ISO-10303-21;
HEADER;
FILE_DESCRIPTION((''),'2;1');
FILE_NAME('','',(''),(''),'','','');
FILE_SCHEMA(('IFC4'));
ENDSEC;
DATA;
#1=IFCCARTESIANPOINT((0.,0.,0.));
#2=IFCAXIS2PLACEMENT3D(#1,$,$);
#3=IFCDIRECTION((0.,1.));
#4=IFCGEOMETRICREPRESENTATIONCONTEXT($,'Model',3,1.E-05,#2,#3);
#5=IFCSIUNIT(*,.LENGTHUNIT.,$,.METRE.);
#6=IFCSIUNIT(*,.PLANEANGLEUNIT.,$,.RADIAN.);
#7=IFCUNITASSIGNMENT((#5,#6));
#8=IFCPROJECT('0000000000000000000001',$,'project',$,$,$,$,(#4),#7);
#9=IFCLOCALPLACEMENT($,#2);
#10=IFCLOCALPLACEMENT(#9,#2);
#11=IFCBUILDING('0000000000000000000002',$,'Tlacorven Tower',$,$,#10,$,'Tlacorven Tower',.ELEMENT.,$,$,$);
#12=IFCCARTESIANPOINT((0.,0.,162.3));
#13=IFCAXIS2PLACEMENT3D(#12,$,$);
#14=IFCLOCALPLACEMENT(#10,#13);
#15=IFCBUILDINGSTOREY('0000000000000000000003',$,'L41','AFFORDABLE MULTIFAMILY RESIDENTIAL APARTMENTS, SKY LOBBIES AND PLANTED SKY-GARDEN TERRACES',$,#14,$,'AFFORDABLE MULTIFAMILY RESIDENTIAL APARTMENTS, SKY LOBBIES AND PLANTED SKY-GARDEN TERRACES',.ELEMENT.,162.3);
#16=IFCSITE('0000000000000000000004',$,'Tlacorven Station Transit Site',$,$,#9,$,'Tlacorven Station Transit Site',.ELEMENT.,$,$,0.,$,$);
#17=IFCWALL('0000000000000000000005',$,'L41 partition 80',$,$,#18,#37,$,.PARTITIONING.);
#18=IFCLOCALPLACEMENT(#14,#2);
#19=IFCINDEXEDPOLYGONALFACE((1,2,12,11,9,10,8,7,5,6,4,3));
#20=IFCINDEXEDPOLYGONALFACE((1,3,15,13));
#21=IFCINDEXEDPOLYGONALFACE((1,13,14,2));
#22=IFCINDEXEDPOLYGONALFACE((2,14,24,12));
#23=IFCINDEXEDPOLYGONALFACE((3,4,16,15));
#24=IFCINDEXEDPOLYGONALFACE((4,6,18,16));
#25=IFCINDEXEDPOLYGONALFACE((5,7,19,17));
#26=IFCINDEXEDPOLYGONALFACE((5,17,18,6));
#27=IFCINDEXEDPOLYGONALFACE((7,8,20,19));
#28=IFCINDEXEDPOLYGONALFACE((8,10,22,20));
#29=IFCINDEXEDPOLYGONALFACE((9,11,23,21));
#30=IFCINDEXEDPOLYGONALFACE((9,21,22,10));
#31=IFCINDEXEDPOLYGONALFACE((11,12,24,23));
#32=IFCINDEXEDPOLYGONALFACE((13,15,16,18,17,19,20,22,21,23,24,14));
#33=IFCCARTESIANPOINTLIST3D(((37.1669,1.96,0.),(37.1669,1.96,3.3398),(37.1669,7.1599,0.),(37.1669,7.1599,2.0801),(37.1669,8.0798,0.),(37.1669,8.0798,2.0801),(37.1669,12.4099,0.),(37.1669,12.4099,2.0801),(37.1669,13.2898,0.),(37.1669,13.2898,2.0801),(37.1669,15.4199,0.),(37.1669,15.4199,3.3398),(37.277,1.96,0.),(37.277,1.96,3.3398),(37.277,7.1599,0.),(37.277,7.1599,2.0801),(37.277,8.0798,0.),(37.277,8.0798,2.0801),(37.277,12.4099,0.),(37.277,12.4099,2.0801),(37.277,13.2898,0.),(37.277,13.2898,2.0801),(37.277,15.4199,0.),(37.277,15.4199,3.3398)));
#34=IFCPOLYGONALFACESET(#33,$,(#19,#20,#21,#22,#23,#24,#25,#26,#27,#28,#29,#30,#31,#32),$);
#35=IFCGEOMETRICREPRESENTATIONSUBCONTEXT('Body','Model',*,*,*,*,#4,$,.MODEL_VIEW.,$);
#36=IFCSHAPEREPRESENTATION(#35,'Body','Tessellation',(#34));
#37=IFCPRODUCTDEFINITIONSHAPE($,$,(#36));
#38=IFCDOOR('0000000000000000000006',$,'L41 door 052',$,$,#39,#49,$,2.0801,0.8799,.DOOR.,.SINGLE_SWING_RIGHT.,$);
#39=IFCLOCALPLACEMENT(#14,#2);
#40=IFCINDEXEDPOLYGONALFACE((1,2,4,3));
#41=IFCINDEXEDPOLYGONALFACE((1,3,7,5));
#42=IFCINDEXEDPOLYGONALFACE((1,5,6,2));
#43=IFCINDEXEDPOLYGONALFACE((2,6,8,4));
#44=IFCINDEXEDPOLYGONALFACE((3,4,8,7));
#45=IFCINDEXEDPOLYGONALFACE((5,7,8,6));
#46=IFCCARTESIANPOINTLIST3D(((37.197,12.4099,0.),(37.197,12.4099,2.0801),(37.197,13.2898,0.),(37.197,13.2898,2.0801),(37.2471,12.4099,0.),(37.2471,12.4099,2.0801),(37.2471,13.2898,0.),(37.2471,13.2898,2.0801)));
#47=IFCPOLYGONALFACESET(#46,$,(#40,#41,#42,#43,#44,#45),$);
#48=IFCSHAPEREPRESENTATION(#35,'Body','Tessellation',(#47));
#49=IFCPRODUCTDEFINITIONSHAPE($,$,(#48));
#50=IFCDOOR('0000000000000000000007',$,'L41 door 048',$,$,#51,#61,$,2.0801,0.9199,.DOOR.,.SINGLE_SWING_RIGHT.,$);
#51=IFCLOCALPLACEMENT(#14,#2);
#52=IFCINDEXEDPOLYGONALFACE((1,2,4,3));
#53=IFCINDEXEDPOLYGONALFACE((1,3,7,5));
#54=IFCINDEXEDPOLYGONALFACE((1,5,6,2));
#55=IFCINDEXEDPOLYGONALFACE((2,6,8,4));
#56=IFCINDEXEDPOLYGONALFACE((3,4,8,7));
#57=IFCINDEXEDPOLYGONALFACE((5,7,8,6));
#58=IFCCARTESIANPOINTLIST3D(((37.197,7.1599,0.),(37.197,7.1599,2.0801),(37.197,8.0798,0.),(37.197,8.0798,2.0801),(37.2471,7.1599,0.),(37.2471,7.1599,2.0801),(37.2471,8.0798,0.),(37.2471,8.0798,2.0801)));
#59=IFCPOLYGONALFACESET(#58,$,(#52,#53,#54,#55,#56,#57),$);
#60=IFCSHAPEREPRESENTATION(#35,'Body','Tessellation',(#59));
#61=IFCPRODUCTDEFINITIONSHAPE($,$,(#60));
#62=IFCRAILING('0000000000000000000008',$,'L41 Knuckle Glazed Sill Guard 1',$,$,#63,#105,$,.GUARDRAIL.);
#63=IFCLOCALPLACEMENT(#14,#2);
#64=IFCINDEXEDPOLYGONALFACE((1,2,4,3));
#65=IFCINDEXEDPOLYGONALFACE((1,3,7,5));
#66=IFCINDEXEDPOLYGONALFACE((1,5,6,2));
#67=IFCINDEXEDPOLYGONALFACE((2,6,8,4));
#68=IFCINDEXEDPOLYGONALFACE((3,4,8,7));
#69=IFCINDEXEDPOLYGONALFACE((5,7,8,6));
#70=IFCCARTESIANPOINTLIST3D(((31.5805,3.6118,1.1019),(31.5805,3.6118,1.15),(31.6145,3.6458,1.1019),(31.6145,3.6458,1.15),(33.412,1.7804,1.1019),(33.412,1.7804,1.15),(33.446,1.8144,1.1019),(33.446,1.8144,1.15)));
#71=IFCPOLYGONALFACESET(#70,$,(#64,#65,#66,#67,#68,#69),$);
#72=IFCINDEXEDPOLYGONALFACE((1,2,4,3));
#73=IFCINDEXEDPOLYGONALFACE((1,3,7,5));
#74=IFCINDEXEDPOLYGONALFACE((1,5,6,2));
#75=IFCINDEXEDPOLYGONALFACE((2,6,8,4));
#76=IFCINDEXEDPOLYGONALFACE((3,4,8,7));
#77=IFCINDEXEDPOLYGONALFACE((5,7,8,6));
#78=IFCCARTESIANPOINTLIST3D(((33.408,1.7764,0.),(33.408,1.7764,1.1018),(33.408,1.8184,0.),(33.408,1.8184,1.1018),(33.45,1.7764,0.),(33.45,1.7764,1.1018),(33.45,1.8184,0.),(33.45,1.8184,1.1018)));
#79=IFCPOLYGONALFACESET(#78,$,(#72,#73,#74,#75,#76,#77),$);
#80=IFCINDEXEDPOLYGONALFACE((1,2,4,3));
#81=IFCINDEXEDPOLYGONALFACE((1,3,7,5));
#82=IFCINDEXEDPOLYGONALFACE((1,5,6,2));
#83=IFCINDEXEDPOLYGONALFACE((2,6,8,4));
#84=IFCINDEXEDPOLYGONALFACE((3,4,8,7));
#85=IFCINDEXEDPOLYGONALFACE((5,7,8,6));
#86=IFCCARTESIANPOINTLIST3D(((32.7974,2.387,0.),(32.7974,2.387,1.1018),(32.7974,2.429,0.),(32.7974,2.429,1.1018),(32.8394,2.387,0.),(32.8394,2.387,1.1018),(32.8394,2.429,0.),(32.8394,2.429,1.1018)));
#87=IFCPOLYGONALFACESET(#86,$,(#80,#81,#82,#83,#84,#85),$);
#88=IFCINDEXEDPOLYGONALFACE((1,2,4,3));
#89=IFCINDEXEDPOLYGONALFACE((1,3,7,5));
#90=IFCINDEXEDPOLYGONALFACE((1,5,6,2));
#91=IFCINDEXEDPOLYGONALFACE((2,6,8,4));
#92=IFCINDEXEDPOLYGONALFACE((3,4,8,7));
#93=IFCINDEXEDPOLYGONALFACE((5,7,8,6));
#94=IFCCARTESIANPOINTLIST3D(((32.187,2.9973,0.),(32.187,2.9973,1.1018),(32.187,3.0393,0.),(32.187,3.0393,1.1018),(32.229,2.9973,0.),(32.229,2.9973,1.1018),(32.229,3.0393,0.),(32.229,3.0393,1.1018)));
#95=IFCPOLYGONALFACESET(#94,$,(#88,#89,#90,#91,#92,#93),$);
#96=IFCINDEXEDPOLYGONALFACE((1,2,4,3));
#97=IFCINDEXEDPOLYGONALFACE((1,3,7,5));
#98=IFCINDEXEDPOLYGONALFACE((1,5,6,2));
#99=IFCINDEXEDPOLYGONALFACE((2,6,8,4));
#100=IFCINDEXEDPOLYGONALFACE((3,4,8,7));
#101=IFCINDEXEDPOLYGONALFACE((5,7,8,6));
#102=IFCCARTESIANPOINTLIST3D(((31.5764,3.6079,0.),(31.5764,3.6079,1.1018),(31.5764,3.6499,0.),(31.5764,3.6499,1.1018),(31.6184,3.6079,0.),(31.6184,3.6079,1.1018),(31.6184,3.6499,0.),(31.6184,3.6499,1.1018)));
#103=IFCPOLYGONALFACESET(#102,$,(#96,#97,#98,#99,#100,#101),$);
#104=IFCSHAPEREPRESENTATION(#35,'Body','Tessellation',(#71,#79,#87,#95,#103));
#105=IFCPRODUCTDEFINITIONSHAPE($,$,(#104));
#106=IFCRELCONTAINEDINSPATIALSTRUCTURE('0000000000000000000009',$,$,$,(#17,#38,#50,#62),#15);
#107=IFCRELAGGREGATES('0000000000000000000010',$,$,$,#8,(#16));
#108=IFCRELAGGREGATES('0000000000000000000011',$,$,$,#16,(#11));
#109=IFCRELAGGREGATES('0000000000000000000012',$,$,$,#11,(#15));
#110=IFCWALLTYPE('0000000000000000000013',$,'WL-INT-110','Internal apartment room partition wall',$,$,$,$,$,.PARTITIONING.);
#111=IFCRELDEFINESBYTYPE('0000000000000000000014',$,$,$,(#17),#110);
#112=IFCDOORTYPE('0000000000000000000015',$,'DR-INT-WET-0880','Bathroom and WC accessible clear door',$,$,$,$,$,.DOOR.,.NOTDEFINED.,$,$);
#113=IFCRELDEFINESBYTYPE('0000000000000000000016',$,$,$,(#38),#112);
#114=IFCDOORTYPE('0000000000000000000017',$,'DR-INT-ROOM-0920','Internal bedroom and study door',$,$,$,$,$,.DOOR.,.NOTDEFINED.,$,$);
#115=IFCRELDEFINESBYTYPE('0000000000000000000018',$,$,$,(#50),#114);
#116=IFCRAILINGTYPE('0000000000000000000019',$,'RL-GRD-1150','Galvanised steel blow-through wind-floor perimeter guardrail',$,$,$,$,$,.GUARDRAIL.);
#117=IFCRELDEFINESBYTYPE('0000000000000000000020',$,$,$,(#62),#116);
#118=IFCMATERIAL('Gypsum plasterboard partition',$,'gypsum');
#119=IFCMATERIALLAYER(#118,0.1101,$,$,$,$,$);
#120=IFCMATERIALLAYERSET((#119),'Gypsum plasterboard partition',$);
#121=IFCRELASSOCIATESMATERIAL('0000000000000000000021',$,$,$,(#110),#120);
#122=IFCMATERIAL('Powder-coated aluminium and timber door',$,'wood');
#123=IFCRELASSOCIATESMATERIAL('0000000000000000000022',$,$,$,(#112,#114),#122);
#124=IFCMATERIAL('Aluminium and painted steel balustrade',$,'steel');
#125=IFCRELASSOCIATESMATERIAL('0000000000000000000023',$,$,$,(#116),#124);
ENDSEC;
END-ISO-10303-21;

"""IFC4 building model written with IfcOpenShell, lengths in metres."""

from ifc_helpers import new_model, si_unit, direction, frame, frame_2d, origin, origin_2d, place, context, subcontext, project, spatial, rectangle, extrude, source, transform, mapped, material, layer, layer_set, type_object, element, fill, save


model = new_model("IFC4")

# Units and contexts
model_context = context("Model", 3, precision=1e-05, world=origin(), true_north=direction((0.0, 1.0)))
body_context = subcontext(model_context, "Body", "Model", "MODEL_VIEW")
ifc_project = project(units=[si_unit("LENGTHUNIT", "METRE"), si_unit("PLANEANGLEUNIT", "RADIAN")], contexts=[model_context])

# Site, building, storey
site_placement = place(None, origin())
site = spatial("IfcSite", under=ifc_project, at=site_placement, Name="Tlacorven Station Transit Site", LongName="Tlacorven Station Transit Site", CompositionType="ELEMENT", RefElevation=0.0)
building_placement = place(site_placement, origin())
building = spatial("IfcBuilding", under=site, at=building_placement, Name="Tlacorven Tower", LongName="Tlacorven Tower", CompositionType="ELEMENT")
storey_placement = place(building_placement, frame((0.0, 0.0, 162.3)))
storey = spatial("IfcBuildingStorey", under=building, at=storey_placement, Name="L41", Description="AFFORDABLE MULTIFAMILY RESIDENTIAL APARTMENTS, SKY LOBBIES AND PLANTED SKY-GARDEN TERRACES", LongName="AFFORDABLE MULTIFAMILY RESIDENTIAL APARTMENTS, SKY LOBBIES AND PLANTED SKY-GARDEN TERRACES", CompositionType="ELEMENT", Elevation=162.3)

# Wall, openings, doors
ifc_material_1 = material(Name="Gypsum plasterboard partition", Category="gypsum")
ifc_layer_1 = layer(ifc_material_1, 0.1101)
ifc_layer_set_1 = layer_set([ifc_layer_1], Name="Gypsum plasterboard partition")
wall_type_1 = type_object("IfcWallType", Name="WL-INT-110", Description="Internal apartment room partition wall", PredefinedType="PARTITIONING", material=ifc_layer_set_1)
wall_1_placement = place(storey_placement, frame((37.2219, 1.96, 0.0), z_axis=(0.0, 0.0, 1.0), x_axis=(0.0, 1.0, 0.0)))
wall_1 = element("IfcWall", 1, at=wall_1_placement, inside=storey, type_object=wall_type_1, Name="L41 partition 80", PredefinedType="PARTITIONING", context=body_context, shape_type="SweptSolid", body=[
    extrude(rectangle(XDim=13.46, YDim=0.1101, at=frame_2d((6.73, 0.0))), origin(), (0.0, 0.0, 1.0), 3.3398),
])
opening_1_placement = place(wall_1_placement, frame((5.2, 0.0, 0.0)))
opening_1 = element("IfcOpeningElement", 2, at=opening_1_placement, cuts=wall_1, PredefinedType="OPENING", context=body_context, shape_type="SweptSolid", body=[
    extrude(rectangle(XDim=0.9199, YDim=2.0801, at=frame_2d((0.46, 1.04))), frame((0.0, 0.0649, 0.0), z_axis=(0.0, -1.0, 0.0), x_axis=(1.0, 0.0, 0.0)), (0.0, 0.0, 1.0), 0.1301),
])
opening_2_placement = place(wall_1_placement, frame((10.45, 0.0, 0.0)))
opening_2 = element("IfcOpeningElement", 3, at=opening_2_placement, cuts=wall_1, PredefinedType="OPENING", context=body_context, shape_type="SweptSolid", body=[
    extrude(rectangle(XDim=0.8799, YDim=2.0801, at=frame_2d((0.4399, 1.04))), frame((0.0, 0.0649, 0.0), z_axis=(0.0, -1.0, 0.0), x_axis=(1.0, 0.0, 0.0)), (0.0, 0.0, 1.0), 0.1301),
])
ifc_material_2 = material(Name="Powder-coated aluminium and timber door", Category="wood")
door_type_1 = type_object("IfcDoorType", Name="DR-INT-WET-0880", Description="Bathroom and WC accessible clear door", OperationType="NOTDEFINED", PredefinedType="DOOR", material=ifc_material_2)
shared_shape_1 = source(origin(), body_context, "Body", "SweptSolid", [
    extrude(rectangle(XDim=0.8799, YDim=2.0801, at=frame_2d((0.4399, 1.04))), frame((0.0, 0.0249, 0.0), z_axis=(0.0, -1.0, 0.0), x_axis=(1.0, 0.0, 0.0)), (0.0, 0.0, 1.0), 0.05),
])
door_1_placement = place(opening_2_placement, origin())
door_1 = element("IfcDoor", 4, at=door_1_placement, inside=storey, type_object=door_type_1, Name="L41 door 052", OperationType="SINGLE_SWING_RIGHT", OverallHeight=2.0801, OverallWidth=0.8799, PredefinedType="DOOR", context=body_context, shape_type="MappedRepresentation", body=[
    mapped(shared_shape_1, transform((0.0, 0.0, 0.0), scale=1.0)),
])
fill(opening_2, door_1)
door_type_2 = type_object("IfcDoorType", Name="DR-INT-ROOM-0920", Description="Internal bedroom and study door", OperationType="NOTDEFINED", PredefinedType="DOOR", material=ifc_material_2)
shared_shape_2 = source(origin(), body_context, "Body", "SweptSolid", [
    extrude(rectangle(XDim=0.9199, YDim=2.0801, at=frame_2d((0.46, 1.04))), frame((0.0, 0.0249, 0.0), z_axis=(0.0, -1.0, 0.0), x_axis=(1.0, 0.0, 0.0)), (0.0, 0.0, 1.0), 0.05),
])
door_2_placement = place(opening_1_placement, origin())
door_2 = element("IfcDoor", 5, at=door_2_placement, inside=storey, type_object=door_type_2, Name="L41 door 048", OperationType="SINGLE_SWING_RIGHT", OverallHeight=2.0801, OverallWidth=0.9199, PredefinedType="DOOR", context=body_context, shape_type="MappedRepresentation", body=[
    mapped(shared_shape_2, transform((0.0, 0.0, 0.0), scale=1.0)),
])
fill(opening_1, door_2)

# Railing
ifc_material_3 = material(Name="Aluminium and painted steel balustrade", Category="steel")
railing_type = type_object("IfcRailingType", Name="RL-GRD-1150", Description="Galvanised steel blow-through wind-floor perimeter guardrail", PredefinedType="GUARDRAIL", material=ifc_material_3)
shared_shape_3 = source(origin(), body_context, "Body", "SweptSolid", [
    extrude(rectangle(XDim=0.0481, YDim=0.0481, at=origin_2d()), frame((0.0, 0.0, 1.126), z_axis=(-0.707107, 0.707107, 0.0), x_axis=(-0.707107, -0.707107, 0.0)), (0.0, 0.0, 1.0), 2.5901),
    extrude(rectangle(XDim=0.042, YDim=0.042, at=origin_2d()), origin(), (0.0, 0.0, 1.0), 1.1018),
    extrude(rectangle(XDim=0.042, YDim=0.042, at=origin_2d()), frame((-0.6106, 0.6106, 0.0)), (0.0, 0.0, 1.0), 1.1018),
    extrude(rectangle(XDim=0.042, YDim=0.042, at=origin_2d()), frame((-1.2209, 1.2209, 0.0)), (0.0, 0.0, 1.0), 1.1018),
    extrude(rectangle(XDim=0.042, YDim=0.042, at=origin_2d()), frame((-1.8315, 1.8315, 0.0)), (0.0, 0.0, 1.0), 1.1018),
])
railing_placement = place(storey_placement, frame((33.429, 1.7974, 0.0)))
element("IfcRailing", 6, at=railing_placement, inside=storey, type_object=railing_type, Name="L41 Knuckle Glazed Sill Guard 1", PredefinedType="GUARDRAIL", context=body_context, shape_type="MappedRepresentation", body=[
    mapped(shared_shape_3, transform((0.0, 0.0, 0.0), scale=1.0)),
])

save(model, "model.ifc")
